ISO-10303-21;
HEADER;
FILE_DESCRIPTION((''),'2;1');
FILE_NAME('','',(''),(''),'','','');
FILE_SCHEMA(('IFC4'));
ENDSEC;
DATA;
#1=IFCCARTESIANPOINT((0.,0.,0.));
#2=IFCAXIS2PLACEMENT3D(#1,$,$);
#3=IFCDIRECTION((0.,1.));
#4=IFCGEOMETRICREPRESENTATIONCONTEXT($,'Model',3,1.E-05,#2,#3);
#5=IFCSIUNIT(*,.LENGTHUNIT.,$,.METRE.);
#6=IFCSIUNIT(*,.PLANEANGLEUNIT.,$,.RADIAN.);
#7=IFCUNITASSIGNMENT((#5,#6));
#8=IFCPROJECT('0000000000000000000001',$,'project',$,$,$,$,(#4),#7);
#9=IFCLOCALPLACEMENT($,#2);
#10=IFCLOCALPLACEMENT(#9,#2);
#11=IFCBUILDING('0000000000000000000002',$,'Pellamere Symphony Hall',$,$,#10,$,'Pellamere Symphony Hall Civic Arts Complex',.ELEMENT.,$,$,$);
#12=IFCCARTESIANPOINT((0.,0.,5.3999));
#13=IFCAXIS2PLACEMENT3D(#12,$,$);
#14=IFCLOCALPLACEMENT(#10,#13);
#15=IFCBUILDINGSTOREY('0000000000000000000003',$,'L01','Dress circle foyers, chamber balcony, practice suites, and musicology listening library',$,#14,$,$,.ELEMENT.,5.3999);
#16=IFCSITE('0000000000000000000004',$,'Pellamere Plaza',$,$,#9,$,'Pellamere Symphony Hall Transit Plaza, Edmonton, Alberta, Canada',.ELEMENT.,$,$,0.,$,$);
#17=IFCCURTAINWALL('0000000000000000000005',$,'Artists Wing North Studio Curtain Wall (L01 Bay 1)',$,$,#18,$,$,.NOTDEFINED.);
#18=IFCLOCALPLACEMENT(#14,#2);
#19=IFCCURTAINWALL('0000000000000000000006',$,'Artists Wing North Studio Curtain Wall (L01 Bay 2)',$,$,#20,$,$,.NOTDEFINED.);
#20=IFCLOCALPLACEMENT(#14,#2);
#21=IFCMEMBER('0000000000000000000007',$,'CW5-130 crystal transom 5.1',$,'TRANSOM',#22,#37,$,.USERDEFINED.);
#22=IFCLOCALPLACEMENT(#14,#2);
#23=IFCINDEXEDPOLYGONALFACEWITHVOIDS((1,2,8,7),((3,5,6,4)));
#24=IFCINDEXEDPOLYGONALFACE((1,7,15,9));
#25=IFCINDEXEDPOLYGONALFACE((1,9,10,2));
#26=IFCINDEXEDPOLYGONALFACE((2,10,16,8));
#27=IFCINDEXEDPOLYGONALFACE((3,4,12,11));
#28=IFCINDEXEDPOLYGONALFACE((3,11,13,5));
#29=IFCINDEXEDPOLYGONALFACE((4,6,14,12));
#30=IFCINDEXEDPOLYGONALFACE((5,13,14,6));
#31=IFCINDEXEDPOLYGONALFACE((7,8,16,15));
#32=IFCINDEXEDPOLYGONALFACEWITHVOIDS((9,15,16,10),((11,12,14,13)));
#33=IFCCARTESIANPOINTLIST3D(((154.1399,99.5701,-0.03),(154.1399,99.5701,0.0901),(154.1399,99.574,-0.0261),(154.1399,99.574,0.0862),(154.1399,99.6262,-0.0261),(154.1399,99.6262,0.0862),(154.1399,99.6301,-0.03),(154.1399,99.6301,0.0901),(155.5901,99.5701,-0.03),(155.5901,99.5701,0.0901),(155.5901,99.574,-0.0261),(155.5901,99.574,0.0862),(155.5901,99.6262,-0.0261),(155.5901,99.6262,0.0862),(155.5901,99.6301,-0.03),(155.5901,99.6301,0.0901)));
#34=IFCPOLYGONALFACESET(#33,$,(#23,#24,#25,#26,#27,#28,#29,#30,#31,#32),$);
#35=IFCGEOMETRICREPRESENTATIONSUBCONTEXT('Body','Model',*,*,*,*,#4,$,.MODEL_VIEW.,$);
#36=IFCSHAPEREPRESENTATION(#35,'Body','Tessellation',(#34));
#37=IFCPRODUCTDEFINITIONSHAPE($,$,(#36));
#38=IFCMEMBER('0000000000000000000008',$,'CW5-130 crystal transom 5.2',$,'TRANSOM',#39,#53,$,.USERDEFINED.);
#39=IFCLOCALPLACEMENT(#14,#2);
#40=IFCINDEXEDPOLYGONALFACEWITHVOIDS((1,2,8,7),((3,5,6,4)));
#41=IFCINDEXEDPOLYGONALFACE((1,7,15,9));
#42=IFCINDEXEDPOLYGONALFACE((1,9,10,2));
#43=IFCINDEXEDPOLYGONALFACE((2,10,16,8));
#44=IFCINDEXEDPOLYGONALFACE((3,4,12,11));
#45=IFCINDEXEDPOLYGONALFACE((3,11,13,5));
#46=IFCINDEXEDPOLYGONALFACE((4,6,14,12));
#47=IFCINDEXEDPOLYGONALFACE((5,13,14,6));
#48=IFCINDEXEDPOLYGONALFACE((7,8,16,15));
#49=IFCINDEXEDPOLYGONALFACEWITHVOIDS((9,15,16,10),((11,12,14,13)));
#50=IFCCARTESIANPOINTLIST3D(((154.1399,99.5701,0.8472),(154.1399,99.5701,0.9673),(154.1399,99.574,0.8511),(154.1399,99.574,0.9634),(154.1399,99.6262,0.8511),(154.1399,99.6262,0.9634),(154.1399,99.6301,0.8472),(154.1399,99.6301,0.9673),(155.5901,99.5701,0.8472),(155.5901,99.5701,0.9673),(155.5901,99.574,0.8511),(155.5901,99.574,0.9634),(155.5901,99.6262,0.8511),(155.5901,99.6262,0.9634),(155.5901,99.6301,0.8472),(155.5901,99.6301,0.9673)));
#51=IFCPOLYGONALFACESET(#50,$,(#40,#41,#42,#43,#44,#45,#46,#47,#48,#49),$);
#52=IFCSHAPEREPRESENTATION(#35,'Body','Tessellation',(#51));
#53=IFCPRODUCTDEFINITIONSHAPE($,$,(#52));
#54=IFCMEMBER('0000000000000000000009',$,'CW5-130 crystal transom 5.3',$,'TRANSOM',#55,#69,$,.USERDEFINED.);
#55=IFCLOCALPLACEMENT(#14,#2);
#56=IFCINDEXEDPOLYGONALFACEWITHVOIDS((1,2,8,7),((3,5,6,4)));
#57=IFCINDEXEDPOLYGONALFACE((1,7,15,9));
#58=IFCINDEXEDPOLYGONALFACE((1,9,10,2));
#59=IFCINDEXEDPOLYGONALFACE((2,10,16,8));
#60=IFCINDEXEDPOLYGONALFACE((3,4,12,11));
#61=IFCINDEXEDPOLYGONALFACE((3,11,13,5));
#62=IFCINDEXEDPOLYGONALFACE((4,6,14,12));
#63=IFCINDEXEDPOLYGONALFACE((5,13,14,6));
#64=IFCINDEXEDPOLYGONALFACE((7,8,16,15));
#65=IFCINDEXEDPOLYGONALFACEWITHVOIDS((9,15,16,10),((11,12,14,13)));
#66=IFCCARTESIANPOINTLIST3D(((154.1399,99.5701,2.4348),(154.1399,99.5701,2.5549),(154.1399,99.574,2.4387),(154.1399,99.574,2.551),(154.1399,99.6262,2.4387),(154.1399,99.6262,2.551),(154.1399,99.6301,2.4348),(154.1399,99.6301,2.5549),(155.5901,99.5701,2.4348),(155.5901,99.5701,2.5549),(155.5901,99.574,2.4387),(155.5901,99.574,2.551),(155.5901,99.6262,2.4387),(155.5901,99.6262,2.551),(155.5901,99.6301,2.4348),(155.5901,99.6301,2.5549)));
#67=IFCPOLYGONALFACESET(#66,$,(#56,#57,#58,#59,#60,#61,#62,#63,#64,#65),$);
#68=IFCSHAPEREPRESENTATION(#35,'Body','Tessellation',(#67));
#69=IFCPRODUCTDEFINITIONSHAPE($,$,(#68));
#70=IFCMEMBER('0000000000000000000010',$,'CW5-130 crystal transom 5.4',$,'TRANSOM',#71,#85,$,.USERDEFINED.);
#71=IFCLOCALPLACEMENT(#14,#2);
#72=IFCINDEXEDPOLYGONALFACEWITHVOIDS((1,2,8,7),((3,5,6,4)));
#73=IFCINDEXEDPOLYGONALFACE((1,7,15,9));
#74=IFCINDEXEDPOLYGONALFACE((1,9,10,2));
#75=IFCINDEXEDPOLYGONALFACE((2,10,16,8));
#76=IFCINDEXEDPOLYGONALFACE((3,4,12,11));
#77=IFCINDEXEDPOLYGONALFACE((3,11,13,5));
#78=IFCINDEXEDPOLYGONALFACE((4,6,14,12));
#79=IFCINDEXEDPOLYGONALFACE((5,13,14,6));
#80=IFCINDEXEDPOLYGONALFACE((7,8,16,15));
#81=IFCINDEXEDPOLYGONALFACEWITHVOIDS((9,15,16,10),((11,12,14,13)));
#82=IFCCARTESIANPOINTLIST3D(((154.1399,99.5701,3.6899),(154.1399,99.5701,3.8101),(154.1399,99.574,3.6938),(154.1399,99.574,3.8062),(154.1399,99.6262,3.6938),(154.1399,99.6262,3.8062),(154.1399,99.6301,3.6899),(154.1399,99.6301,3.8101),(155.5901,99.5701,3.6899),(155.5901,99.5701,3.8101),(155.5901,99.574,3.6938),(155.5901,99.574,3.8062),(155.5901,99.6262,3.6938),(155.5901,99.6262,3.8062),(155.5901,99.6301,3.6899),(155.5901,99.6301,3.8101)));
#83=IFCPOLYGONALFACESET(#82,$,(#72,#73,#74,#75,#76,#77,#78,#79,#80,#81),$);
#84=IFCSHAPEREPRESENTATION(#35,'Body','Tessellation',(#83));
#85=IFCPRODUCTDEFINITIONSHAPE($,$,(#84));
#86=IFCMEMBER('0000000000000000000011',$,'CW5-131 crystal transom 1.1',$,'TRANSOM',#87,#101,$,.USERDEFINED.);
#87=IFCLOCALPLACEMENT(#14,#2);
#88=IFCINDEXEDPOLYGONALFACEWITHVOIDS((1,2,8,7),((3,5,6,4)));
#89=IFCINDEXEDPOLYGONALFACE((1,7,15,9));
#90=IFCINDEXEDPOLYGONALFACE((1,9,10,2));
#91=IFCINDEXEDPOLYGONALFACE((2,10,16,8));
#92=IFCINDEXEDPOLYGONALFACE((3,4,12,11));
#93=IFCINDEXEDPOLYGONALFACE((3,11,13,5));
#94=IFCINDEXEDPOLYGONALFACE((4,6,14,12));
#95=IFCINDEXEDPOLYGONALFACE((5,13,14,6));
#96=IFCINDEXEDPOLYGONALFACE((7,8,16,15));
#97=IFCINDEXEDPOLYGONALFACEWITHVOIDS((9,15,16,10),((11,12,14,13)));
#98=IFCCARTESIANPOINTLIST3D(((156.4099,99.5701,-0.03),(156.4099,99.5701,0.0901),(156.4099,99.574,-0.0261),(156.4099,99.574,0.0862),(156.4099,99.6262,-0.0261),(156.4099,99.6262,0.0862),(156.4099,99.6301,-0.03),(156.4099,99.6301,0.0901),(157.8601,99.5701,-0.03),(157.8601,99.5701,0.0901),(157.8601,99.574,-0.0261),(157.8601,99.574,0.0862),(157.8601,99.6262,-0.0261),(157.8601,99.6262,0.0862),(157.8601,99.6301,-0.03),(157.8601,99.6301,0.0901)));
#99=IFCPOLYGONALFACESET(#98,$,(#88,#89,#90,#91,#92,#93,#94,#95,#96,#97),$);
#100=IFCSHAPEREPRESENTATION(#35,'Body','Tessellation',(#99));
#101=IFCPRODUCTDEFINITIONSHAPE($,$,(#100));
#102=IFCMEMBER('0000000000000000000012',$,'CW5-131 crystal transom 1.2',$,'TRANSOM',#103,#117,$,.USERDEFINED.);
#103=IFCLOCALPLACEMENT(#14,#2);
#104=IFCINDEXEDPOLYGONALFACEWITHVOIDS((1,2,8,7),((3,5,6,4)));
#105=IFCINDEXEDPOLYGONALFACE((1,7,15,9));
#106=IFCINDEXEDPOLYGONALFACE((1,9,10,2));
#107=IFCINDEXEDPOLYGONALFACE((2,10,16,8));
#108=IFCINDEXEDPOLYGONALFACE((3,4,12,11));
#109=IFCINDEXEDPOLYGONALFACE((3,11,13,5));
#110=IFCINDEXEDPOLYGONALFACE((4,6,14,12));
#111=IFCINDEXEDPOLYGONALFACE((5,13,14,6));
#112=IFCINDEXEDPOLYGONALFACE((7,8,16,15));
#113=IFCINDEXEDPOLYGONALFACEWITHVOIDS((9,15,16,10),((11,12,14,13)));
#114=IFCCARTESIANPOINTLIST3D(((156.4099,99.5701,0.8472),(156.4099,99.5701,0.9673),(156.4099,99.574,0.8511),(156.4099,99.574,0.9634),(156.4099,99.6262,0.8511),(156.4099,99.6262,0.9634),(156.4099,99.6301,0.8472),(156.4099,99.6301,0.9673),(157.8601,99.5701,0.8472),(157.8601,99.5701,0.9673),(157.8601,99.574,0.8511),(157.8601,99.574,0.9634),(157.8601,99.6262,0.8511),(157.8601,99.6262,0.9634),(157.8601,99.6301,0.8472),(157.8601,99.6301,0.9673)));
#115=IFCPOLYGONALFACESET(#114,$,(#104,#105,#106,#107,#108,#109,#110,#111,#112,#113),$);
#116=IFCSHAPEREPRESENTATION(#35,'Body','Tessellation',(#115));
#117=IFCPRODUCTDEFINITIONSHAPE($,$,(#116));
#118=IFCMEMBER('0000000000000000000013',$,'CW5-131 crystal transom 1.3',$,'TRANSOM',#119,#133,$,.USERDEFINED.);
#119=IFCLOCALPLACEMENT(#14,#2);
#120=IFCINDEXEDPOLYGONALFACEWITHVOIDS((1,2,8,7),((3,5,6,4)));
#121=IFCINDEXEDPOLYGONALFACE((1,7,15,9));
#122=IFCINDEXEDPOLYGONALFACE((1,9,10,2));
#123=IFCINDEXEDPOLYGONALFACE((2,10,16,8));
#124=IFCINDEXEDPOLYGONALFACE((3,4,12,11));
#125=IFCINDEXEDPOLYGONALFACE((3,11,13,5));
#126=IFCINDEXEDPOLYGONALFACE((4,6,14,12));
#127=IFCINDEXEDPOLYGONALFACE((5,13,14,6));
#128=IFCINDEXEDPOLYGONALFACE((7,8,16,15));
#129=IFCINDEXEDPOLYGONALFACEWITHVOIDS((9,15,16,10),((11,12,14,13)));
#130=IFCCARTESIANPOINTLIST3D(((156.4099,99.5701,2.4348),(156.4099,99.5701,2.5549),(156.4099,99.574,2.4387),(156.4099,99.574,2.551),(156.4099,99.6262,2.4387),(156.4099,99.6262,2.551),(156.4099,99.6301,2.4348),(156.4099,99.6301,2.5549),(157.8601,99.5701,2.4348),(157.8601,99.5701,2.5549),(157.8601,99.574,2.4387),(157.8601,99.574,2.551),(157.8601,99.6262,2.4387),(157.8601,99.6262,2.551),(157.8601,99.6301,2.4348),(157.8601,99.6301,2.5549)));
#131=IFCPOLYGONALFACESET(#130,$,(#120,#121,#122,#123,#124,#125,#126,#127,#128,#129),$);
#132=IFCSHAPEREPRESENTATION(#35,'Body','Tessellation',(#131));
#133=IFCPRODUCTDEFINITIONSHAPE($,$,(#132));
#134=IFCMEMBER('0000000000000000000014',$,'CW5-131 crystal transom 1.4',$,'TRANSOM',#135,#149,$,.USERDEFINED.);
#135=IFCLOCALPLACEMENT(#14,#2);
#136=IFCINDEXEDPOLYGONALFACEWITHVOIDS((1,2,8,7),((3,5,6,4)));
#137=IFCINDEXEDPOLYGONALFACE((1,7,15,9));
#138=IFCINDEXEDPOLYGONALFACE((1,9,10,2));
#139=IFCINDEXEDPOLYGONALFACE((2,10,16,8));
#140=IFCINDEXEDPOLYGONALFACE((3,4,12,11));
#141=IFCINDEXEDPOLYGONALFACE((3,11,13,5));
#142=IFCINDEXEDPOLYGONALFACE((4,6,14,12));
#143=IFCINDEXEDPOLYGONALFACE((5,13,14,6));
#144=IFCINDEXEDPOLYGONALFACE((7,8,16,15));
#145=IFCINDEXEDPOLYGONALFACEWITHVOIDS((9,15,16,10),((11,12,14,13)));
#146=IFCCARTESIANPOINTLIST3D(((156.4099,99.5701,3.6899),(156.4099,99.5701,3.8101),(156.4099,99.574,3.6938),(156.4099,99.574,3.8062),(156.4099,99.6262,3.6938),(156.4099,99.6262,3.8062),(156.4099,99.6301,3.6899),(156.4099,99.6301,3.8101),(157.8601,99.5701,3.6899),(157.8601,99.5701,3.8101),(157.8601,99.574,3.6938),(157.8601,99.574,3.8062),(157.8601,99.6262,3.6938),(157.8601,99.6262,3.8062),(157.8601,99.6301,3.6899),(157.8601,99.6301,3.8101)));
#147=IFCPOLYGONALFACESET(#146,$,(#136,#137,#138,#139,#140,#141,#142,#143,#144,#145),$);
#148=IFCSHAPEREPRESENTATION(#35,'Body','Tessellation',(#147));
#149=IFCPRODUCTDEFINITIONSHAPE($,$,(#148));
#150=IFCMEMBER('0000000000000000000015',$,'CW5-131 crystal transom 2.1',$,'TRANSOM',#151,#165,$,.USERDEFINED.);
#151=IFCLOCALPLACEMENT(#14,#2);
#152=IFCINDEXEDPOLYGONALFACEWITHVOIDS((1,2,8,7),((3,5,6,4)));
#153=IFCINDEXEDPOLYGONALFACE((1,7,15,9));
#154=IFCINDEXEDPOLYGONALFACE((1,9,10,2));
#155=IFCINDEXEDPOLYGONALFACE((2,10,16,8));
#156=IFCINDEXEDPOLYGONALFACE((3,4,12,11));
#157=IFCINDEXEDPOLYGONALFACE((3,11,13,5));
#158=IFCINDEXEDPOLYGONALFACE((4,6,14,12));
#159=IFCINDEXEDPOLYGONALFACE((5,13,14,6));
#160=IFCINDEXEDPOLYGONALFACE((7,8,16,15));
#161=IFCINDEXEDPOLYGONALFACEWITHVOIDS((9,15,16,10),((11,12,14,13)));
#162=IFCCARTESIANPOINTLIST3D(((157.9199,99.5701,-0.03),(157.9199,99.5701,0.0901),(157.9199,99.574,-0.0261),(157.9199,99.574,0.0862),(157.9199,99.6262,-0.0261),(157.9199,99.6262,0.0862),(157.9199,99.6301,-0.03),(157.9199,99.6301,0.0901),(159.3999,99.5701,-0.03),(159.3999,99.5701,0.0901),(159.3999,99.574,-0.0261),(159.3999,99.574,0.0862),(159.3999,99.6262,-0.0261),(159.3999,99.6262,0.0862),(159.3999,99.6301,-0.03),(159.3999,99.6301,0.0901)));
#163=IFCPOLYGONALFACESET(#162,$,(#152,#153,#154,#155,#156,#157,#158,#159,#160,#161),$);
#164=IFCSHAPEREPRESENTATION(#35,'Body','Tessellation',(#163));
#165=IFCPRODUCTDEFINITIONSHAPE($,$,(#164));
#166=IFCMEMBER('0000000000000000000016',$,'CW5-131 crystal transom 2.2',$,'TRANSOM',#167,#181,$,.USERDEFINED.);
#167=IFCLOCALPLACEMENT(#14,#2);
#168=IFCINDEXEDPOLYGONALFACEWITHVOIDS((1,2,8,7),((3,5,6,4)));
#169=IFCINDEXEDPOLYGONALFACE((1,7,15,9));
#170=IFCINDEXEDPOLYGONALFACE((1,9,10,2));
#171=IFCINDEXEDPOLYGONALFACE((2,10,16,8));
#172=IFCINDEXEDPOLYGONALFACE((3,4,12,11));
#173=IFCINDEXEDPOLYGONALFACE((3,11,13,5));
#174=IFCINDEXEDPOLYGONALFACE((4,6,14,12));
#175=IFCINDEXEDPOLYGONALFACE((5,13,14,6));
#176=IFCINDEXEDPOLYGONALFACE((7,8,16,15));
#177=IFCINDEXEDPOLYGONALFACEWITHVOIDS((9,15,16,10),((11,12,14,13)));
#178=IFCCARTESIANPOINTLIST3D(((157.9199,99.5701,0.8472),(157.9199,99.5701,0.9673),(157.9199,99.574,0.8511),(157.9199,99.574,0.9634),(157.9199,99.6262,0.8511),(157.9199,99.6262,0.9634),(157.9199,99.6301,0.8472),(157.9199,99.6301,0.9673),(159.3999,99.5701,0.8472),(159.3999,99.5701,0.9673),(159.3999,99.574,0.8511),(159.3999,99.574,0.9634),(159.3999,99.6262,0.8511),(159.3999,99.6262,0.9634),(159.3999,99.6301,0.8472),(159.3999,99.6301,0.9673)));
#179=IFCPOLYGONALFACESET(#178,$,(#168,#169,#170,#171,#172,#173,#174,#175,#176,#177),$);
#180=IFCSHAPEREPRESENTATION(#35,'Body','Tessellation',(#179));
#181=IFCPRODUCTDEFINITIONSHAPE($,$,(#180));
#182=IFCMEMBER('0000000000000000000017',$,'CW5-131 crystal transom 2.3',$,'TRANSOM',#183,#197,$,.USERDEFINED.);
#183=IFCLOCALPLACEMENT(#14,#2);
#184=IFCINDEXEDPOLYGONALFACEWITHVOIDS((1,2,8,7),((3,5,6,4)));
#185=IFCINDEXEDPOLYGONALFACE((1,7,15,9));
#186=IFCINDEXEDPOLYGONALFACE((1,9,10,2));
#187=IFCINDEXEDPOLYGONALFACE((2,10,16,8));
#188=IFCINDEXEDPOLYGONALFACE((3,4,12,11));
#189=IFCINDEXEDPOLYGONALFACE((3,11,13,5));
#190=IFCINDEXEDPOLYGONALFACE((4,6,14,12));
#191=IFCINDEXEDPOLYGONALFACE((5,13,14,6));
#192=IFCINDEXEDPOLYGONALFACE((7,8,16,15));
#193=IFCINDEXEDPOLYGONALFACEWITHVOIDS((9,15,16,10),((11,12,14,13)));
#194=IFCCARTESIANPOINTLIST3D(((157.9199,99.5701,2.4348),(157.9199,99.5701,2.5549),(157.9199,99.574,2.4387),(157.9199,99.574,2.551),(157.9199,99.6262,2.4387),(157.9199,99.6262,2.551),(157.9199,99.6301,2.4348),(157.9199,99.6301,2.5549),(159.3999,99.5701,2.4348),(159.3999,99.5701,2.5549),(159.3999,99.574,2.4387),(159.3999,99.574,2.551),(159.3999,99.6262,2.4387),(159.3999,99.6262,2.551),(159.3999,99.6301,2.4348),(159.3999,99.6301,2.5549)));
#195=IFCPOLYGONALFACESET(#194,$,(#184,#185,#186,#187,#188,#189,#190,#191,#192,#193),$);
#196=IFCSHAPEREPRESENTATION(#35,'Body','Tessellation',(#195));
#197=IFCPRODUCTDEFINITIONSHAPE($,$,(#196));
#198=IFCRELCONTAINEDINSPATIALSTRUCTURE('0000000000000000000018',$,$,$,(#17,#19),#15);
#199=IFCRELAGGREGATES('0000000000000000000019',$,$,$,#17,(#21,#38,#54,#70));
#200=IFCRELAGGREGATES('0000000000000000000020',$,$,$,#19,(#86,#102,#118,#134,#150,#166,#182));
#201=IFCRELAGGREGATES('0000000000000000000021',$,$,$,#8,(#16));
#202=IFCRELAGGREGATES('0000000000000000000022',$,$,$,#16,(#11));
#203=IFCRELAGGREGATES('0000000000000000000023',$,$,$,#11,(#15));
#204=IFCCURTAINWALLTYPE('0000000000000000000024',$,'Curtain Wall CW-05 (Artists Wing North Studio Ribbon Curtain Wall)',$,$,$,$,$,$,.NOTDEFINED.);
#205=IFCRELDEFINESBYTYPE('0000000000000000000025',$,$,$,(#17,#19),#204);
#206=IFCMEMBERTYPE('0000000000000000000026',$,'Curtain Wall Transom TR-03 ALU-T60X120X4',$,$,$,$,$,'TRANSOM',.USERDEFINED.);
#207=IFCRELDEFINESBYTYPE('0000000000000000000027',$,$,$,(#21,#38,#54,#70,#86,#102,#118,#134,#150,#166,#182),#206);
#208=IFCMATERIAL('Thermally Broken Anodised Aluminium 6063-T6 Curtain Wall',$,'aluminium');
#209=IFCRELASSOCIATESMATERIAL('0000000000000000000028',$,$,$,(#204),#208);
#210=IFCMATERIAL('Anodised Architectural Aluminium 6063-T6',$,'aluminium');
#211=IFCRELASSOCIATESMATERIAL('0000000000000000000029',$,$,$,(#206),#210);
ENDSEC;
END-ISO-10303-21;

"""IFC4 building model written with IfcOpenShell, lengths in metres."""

from ifc_helpers import new_model, si_unit, direction, frame, origin, origin_2d, place, context, subcontext, project, spatial, hollow_rectangle, extrude, material, material_profile, profile_set, type_object, element, aggregate, save


model = new_model("IFC4")

# Units and contexts
model_context = context("Model", 3, precision=1e-05, world=origin(), true_north=direction((0.0, 1.0)))
body_context = subcontext(model_context, "Body", "Model", "MODEL_VIEW")
ifc_project = project(units=[si_unit("LENGTHUNIT", "METRE"), si_unit("PLANEANGLEUNIT", "RADIAN")], contexts=[model_context])

# Site, building, storey
site_placement = place(None, origin())
site = spatial("IfcSite", under=ifc_project, at=site_placement, Name="Pellamere Plaza", LongName="Pellamere Symphony Hall Transit Plaza, Edmonton, Alberta, Canada", CompositionType="ELEMENT", RefElevation=0.0)
building_placement = place(site_placement, origin())
building = spatial("IfcBuilding", under=site, at=building_placement, Name="Pellamere Symphony Hall", LongName="Pellamere Symphony Hall Civic Arts Complex", CompositionType="ELEMENT")
storey_placement = place(building_placement, frame((0.0, 0.0, 5.3999)))
storey = spatial("IfcBuildingStorey", under=building, at=storey_placement, Name="L01", Description="Dress circle foyers, chamber balcony, practice suites, and musicology listening library", CompositionType="ELEMENT", Elevation=5.3999)

# Curtain walls
ifc_material_1 = material(Name="Thermally Broken Anodised Aluminium 6063-T6 Curtain Wall", Category="aluminium")
curtain_wall_type = type_object("IfcCurtainWallType", Name="Curtain Wall CW-05 (Artists Wing North Studio Ribbon Curtain Wall)", PredefinedType="NOTDEFINED", material=ifc_material_1)
curtain_wall_1_placement = place(storey_placement, origin())
curtain_wall_1 = element("IfcCurtainWall", 1, at=curtain_wall_1_placement, inside=storey, type_object=curtain_wall_type, Name="Artists Wing North Studio Curtain Wall (L01 Bay 1)", PredefinedType="NOTDEFINED")
ifc_material_2 = material(Name="Anodised Architectural Aluminium 6063-T6", Category="aluminium")
curtain_wall_2_placement = place(storey_placement, origin())
curtain_wall_2 = element("IfcCurtainWall", 2, at=curtain_wall_2_placement, inside=storey, type_object=curtain_wall_type, Name="Artists Wing North Studio Curtain Wall (L01 Bay 2)", PredefinedType="NOTDEFINED")

# Members
ifc_material_profile_1 = material_profile(ifc_material_2, hollow_rectangle(XDim=0.0601, YDim=0.1201, WallThickness=0.0039, at=origin_2d()), Name="ALU-T60X120X4")
ifc_profile_set_1 = profile_set([ifc_material_profile_1], Name="Anodised Architectural Aluminium 6063-T6")
member_type_1 = type_object("IfcMemberType", Name="Curtain Wall Transom TR-03 ALU-T60X120X4", ElementType="TRANSOM", PredefinedType="USERDEFINED", material=ifc_profile_set_1)
member_1_placement = place(storey_placement, frame((154.1399, 99.6001, 0.03), z_axis=(1.0, 0.0, 0.0), x_axis=(0.0, 1.0, 0.0)))
member_1 = element("IfcMember", 3, at=member_1_placement, type_object=member_type_1, Name="CW5-130 crystal transom 5.1", ObjectType="TRANSOM", PredefinedType="USERDEFINED", context=body_context, shape_type="SweptSolid", body=[
    extrude(hollow_rectangle(XDim=0.0601, YDim=0.1201, WallThickness=0.0039, at=origin_2d()), origin(), (0.0, 0.0, 1.0), 1.4502),
])
member_2_placement = place(storey_placement, frame((154.1399, 99.6001, 0.9072), z_axis=(1.0, 0.0, 0.0), x_axis=(0.0, 1.0, 0.0)))
member_2 = element("IfcMember", 4, at=member_2_placement, type_object=member_type_1, Name="CW5-130 crystal transom 5.2", ObjectType="TRANSOM", PredefinedType="USERDEFINED", context=body_context, shape_type="SweptSolid", body=[
    extrude(hollow_rectangle(XDim=0.0601, YDim=0.1201, WallThickness=0.0039, at=origin_2d()), origin(), (0.0, 0.0, 1.0), 1.4502),
])
member_3_placement = place(storey_placement, frame((154.1399, 99.6001, 2.4949), z_axis=(1.0, 0.0, 0.0), x_axis=(0.0, 1.0, 0.0)))
member_3 = element("IfcMember", 5, at=member_3_placement, type_object=member_type_1, Name="CW5-130 crystal transom 5.3", ObjectType="TRANSOM", PredefinedType="USERDEFINED", context=body_context, shape_type="SweptSolid", body=[
    extrude(hollow_rectangle(XDim=0.0601, YDim=0.1201, WallThickness=0.0039, at=origin_2d()), origin(), (0.0, 0.0, 1.0), 1.4502),
])
member_4_placement = place(storey_placement, frame((154.1399, 99.6001, 3.75), z_axis=(1.0, 0.0, 0.0), x_axis=(0.0, 1.0, 0.0)))
member_4 = element("IfcMember", 6, at=member_4_placement, type_object=member_type_1, Name="CW5-130 crystal transom 5.4", ObjectType="TRANSOM", PredefinedType="USERDEFINED", context=body_context, shape_type="SweptSolid", body=[
    extrude(hollow_rectangle(XDim=0.0601, YDim=0.1201, WallThickness=0.0039, at=origin_2d()), origin(), (0.0, 0.0, 1.0), 1.4502),
])
member_5_placement = place(storey_placement, frame((156.4099, 99.6001, 0.03), z_axis=(1.0, 0.0, 0.0), x_axis=(0.0, 1.0, 0.0)))
member_5 = element("IfcMember", 7, at=member_5_placement, type_object=member_type_1, Name="CW5-131 crystal transom 1.1", ObjectType="TRANSOM", PredefinedType="USERDEFINED", context=body_context, shape_type="SweptSolid", body=[
    extrude(hollow_rectangle(XDim=0.0601, YDim=0.1201, WallThickness=0.0039, at=origin_2d()), origin(), (0.0, 0.0, 1.0), 1.4502),
])
member_6_placement = place(storey_placement, frame((156.4099, 99.6001, 0.9072), z_axis=(1.0, 0.0, 0.0), x_axis=(0.0, 1.0, 0.0)))
member_6 = element("IfcMember", 8, at=member_6_placement, type_object=member_type_1, Name="CW5-131 crystal transom 1.2", ObjectType="TRANSOM", PredefinedType="USERDEFINED", context=body_context, shape_type="SweptSolid", body=[
    extrude(hollow_rectangle(XDim=0.0601, YDim=0.1201, WallThickness=0.0039, at=origin_2d()), origin(), (0.0, 0.0, 1.0), 1.4502),
])
member_7_placement = place(storey_placement, frame((156.4099, 99.6001, 2.4949), z_axis=(1.0, 0.0, 0.0), x_axis=(0.0, 1.0, 0.0)))
member_7 = element("IfcMember", 9, at=member_7_placement, type_object=member_type_1, Name="CW5-131 crystal transom 1.3", ObjectType="TRANSOM", PredefinedType="USERDEFINED", context=body_context, shape_type="SweptSolid", body=[
    extrude(hollow_rectangle(XDim=0.0601, YDim=0.1201, WallThickness=0.0039, at=origin_2d()), origin(), (0.0, 0.0, 1.0), 1.4502),
])
member_8_placement = place(storey_placement, frame((156.4099, 99.6001, 3.75), z_axis=(1.0, 0.0, 0.0), x_axis=(0.0, 1.0, 0.0)))
member_8 = element("IfcMember", 10, at=member_8_placement, type_object=member_type_1, Name="CW5-131 crystal transom 1.4", ObjectType="TRANSOM", PredefinedType="USERDEFINED", context=body_context, shape_type="SweptSolid", body=[
    extrude(hollow_rectangle(XDim=0.0601, YDim=0.1201, WallThickness=0.0039, at=origin_2d()), origin(), (0.0, 0.0, 1.0), 1.4502),
])
member_9_placement = place(storey_placement, frame((157.9199, 99.6001, 0.03), z_axis=(1.0, 0.0, 0.0), x_axis=(0.0, 1.0, 0.0)))
member_9 = element("IfcMember", 11, at=member_9_placement, type_object=member_type_1, Name="CW5-131 crystal transom 2.1", ObjectType="TRANSOM", PredefinedType="USERDEFINED", context=body_context, shape_type="SweptSolid", body=[
    extrude(hollow_rectangle(XDim=0.0601, YDim=0.1201, WallThickness=0.0039, at=origin_2d()), origin(), (0.0, 0.0, 1.0), 1.48),
])
member_10_placement = place(storey_placement, frame((157.9199, 99.6001, 0.9072), z_axis=(1.0, 0.0, 0.0), x_axis=(0.0, 1.0, 0.0)))
member_10 = element("IfcMember", 12, at=member_10_placement, type_object=member_type_1, Name="CW5-131 crystal transom 2.2", ObjectType="TRANSOM", PredefinedType="USERDEFINED", context=body_context, shape_type="SweptSolid", body=[
    extrude(hollow_rectangle(XDim=0.0601, YDim=0.1201, WallThickness=0.0039, at=origin_2d()), origin(), (0.0, 0.0, 1.0), 1.48),
])
member_11_placement = place(storey_placement, frame((157.9199, 99.6001, 2.4949), z_axis=(1.0, 0.0, 0.0), x_axis=(0.0, 1.0, 0.0)))
member_11 = element("IfcMember", 13, at=member_11_placement, type_object=member_type_1, Name="CW5-131 crystal transom 2.3", ObjectType="TRANSOM", PredefinedType="USERDEFINED", context=body_context, shape_type="SweptSolid", body=[
    extrude(hollow_rectangle(XDim=0.0601, YDim=0.1201, WallThickness=0.0039, at=origin_2d()), origin(), (0.0, 0.0, 1.0), 1.48),
])

aggregate(curtain_wall_1, [member_1, member_2, member_3, member_4])
aggregate(curtain_wall_2, [member_5, member_6, member_7, member_8, member_9, member_10, member_11])

save(model, "model.ifc")
